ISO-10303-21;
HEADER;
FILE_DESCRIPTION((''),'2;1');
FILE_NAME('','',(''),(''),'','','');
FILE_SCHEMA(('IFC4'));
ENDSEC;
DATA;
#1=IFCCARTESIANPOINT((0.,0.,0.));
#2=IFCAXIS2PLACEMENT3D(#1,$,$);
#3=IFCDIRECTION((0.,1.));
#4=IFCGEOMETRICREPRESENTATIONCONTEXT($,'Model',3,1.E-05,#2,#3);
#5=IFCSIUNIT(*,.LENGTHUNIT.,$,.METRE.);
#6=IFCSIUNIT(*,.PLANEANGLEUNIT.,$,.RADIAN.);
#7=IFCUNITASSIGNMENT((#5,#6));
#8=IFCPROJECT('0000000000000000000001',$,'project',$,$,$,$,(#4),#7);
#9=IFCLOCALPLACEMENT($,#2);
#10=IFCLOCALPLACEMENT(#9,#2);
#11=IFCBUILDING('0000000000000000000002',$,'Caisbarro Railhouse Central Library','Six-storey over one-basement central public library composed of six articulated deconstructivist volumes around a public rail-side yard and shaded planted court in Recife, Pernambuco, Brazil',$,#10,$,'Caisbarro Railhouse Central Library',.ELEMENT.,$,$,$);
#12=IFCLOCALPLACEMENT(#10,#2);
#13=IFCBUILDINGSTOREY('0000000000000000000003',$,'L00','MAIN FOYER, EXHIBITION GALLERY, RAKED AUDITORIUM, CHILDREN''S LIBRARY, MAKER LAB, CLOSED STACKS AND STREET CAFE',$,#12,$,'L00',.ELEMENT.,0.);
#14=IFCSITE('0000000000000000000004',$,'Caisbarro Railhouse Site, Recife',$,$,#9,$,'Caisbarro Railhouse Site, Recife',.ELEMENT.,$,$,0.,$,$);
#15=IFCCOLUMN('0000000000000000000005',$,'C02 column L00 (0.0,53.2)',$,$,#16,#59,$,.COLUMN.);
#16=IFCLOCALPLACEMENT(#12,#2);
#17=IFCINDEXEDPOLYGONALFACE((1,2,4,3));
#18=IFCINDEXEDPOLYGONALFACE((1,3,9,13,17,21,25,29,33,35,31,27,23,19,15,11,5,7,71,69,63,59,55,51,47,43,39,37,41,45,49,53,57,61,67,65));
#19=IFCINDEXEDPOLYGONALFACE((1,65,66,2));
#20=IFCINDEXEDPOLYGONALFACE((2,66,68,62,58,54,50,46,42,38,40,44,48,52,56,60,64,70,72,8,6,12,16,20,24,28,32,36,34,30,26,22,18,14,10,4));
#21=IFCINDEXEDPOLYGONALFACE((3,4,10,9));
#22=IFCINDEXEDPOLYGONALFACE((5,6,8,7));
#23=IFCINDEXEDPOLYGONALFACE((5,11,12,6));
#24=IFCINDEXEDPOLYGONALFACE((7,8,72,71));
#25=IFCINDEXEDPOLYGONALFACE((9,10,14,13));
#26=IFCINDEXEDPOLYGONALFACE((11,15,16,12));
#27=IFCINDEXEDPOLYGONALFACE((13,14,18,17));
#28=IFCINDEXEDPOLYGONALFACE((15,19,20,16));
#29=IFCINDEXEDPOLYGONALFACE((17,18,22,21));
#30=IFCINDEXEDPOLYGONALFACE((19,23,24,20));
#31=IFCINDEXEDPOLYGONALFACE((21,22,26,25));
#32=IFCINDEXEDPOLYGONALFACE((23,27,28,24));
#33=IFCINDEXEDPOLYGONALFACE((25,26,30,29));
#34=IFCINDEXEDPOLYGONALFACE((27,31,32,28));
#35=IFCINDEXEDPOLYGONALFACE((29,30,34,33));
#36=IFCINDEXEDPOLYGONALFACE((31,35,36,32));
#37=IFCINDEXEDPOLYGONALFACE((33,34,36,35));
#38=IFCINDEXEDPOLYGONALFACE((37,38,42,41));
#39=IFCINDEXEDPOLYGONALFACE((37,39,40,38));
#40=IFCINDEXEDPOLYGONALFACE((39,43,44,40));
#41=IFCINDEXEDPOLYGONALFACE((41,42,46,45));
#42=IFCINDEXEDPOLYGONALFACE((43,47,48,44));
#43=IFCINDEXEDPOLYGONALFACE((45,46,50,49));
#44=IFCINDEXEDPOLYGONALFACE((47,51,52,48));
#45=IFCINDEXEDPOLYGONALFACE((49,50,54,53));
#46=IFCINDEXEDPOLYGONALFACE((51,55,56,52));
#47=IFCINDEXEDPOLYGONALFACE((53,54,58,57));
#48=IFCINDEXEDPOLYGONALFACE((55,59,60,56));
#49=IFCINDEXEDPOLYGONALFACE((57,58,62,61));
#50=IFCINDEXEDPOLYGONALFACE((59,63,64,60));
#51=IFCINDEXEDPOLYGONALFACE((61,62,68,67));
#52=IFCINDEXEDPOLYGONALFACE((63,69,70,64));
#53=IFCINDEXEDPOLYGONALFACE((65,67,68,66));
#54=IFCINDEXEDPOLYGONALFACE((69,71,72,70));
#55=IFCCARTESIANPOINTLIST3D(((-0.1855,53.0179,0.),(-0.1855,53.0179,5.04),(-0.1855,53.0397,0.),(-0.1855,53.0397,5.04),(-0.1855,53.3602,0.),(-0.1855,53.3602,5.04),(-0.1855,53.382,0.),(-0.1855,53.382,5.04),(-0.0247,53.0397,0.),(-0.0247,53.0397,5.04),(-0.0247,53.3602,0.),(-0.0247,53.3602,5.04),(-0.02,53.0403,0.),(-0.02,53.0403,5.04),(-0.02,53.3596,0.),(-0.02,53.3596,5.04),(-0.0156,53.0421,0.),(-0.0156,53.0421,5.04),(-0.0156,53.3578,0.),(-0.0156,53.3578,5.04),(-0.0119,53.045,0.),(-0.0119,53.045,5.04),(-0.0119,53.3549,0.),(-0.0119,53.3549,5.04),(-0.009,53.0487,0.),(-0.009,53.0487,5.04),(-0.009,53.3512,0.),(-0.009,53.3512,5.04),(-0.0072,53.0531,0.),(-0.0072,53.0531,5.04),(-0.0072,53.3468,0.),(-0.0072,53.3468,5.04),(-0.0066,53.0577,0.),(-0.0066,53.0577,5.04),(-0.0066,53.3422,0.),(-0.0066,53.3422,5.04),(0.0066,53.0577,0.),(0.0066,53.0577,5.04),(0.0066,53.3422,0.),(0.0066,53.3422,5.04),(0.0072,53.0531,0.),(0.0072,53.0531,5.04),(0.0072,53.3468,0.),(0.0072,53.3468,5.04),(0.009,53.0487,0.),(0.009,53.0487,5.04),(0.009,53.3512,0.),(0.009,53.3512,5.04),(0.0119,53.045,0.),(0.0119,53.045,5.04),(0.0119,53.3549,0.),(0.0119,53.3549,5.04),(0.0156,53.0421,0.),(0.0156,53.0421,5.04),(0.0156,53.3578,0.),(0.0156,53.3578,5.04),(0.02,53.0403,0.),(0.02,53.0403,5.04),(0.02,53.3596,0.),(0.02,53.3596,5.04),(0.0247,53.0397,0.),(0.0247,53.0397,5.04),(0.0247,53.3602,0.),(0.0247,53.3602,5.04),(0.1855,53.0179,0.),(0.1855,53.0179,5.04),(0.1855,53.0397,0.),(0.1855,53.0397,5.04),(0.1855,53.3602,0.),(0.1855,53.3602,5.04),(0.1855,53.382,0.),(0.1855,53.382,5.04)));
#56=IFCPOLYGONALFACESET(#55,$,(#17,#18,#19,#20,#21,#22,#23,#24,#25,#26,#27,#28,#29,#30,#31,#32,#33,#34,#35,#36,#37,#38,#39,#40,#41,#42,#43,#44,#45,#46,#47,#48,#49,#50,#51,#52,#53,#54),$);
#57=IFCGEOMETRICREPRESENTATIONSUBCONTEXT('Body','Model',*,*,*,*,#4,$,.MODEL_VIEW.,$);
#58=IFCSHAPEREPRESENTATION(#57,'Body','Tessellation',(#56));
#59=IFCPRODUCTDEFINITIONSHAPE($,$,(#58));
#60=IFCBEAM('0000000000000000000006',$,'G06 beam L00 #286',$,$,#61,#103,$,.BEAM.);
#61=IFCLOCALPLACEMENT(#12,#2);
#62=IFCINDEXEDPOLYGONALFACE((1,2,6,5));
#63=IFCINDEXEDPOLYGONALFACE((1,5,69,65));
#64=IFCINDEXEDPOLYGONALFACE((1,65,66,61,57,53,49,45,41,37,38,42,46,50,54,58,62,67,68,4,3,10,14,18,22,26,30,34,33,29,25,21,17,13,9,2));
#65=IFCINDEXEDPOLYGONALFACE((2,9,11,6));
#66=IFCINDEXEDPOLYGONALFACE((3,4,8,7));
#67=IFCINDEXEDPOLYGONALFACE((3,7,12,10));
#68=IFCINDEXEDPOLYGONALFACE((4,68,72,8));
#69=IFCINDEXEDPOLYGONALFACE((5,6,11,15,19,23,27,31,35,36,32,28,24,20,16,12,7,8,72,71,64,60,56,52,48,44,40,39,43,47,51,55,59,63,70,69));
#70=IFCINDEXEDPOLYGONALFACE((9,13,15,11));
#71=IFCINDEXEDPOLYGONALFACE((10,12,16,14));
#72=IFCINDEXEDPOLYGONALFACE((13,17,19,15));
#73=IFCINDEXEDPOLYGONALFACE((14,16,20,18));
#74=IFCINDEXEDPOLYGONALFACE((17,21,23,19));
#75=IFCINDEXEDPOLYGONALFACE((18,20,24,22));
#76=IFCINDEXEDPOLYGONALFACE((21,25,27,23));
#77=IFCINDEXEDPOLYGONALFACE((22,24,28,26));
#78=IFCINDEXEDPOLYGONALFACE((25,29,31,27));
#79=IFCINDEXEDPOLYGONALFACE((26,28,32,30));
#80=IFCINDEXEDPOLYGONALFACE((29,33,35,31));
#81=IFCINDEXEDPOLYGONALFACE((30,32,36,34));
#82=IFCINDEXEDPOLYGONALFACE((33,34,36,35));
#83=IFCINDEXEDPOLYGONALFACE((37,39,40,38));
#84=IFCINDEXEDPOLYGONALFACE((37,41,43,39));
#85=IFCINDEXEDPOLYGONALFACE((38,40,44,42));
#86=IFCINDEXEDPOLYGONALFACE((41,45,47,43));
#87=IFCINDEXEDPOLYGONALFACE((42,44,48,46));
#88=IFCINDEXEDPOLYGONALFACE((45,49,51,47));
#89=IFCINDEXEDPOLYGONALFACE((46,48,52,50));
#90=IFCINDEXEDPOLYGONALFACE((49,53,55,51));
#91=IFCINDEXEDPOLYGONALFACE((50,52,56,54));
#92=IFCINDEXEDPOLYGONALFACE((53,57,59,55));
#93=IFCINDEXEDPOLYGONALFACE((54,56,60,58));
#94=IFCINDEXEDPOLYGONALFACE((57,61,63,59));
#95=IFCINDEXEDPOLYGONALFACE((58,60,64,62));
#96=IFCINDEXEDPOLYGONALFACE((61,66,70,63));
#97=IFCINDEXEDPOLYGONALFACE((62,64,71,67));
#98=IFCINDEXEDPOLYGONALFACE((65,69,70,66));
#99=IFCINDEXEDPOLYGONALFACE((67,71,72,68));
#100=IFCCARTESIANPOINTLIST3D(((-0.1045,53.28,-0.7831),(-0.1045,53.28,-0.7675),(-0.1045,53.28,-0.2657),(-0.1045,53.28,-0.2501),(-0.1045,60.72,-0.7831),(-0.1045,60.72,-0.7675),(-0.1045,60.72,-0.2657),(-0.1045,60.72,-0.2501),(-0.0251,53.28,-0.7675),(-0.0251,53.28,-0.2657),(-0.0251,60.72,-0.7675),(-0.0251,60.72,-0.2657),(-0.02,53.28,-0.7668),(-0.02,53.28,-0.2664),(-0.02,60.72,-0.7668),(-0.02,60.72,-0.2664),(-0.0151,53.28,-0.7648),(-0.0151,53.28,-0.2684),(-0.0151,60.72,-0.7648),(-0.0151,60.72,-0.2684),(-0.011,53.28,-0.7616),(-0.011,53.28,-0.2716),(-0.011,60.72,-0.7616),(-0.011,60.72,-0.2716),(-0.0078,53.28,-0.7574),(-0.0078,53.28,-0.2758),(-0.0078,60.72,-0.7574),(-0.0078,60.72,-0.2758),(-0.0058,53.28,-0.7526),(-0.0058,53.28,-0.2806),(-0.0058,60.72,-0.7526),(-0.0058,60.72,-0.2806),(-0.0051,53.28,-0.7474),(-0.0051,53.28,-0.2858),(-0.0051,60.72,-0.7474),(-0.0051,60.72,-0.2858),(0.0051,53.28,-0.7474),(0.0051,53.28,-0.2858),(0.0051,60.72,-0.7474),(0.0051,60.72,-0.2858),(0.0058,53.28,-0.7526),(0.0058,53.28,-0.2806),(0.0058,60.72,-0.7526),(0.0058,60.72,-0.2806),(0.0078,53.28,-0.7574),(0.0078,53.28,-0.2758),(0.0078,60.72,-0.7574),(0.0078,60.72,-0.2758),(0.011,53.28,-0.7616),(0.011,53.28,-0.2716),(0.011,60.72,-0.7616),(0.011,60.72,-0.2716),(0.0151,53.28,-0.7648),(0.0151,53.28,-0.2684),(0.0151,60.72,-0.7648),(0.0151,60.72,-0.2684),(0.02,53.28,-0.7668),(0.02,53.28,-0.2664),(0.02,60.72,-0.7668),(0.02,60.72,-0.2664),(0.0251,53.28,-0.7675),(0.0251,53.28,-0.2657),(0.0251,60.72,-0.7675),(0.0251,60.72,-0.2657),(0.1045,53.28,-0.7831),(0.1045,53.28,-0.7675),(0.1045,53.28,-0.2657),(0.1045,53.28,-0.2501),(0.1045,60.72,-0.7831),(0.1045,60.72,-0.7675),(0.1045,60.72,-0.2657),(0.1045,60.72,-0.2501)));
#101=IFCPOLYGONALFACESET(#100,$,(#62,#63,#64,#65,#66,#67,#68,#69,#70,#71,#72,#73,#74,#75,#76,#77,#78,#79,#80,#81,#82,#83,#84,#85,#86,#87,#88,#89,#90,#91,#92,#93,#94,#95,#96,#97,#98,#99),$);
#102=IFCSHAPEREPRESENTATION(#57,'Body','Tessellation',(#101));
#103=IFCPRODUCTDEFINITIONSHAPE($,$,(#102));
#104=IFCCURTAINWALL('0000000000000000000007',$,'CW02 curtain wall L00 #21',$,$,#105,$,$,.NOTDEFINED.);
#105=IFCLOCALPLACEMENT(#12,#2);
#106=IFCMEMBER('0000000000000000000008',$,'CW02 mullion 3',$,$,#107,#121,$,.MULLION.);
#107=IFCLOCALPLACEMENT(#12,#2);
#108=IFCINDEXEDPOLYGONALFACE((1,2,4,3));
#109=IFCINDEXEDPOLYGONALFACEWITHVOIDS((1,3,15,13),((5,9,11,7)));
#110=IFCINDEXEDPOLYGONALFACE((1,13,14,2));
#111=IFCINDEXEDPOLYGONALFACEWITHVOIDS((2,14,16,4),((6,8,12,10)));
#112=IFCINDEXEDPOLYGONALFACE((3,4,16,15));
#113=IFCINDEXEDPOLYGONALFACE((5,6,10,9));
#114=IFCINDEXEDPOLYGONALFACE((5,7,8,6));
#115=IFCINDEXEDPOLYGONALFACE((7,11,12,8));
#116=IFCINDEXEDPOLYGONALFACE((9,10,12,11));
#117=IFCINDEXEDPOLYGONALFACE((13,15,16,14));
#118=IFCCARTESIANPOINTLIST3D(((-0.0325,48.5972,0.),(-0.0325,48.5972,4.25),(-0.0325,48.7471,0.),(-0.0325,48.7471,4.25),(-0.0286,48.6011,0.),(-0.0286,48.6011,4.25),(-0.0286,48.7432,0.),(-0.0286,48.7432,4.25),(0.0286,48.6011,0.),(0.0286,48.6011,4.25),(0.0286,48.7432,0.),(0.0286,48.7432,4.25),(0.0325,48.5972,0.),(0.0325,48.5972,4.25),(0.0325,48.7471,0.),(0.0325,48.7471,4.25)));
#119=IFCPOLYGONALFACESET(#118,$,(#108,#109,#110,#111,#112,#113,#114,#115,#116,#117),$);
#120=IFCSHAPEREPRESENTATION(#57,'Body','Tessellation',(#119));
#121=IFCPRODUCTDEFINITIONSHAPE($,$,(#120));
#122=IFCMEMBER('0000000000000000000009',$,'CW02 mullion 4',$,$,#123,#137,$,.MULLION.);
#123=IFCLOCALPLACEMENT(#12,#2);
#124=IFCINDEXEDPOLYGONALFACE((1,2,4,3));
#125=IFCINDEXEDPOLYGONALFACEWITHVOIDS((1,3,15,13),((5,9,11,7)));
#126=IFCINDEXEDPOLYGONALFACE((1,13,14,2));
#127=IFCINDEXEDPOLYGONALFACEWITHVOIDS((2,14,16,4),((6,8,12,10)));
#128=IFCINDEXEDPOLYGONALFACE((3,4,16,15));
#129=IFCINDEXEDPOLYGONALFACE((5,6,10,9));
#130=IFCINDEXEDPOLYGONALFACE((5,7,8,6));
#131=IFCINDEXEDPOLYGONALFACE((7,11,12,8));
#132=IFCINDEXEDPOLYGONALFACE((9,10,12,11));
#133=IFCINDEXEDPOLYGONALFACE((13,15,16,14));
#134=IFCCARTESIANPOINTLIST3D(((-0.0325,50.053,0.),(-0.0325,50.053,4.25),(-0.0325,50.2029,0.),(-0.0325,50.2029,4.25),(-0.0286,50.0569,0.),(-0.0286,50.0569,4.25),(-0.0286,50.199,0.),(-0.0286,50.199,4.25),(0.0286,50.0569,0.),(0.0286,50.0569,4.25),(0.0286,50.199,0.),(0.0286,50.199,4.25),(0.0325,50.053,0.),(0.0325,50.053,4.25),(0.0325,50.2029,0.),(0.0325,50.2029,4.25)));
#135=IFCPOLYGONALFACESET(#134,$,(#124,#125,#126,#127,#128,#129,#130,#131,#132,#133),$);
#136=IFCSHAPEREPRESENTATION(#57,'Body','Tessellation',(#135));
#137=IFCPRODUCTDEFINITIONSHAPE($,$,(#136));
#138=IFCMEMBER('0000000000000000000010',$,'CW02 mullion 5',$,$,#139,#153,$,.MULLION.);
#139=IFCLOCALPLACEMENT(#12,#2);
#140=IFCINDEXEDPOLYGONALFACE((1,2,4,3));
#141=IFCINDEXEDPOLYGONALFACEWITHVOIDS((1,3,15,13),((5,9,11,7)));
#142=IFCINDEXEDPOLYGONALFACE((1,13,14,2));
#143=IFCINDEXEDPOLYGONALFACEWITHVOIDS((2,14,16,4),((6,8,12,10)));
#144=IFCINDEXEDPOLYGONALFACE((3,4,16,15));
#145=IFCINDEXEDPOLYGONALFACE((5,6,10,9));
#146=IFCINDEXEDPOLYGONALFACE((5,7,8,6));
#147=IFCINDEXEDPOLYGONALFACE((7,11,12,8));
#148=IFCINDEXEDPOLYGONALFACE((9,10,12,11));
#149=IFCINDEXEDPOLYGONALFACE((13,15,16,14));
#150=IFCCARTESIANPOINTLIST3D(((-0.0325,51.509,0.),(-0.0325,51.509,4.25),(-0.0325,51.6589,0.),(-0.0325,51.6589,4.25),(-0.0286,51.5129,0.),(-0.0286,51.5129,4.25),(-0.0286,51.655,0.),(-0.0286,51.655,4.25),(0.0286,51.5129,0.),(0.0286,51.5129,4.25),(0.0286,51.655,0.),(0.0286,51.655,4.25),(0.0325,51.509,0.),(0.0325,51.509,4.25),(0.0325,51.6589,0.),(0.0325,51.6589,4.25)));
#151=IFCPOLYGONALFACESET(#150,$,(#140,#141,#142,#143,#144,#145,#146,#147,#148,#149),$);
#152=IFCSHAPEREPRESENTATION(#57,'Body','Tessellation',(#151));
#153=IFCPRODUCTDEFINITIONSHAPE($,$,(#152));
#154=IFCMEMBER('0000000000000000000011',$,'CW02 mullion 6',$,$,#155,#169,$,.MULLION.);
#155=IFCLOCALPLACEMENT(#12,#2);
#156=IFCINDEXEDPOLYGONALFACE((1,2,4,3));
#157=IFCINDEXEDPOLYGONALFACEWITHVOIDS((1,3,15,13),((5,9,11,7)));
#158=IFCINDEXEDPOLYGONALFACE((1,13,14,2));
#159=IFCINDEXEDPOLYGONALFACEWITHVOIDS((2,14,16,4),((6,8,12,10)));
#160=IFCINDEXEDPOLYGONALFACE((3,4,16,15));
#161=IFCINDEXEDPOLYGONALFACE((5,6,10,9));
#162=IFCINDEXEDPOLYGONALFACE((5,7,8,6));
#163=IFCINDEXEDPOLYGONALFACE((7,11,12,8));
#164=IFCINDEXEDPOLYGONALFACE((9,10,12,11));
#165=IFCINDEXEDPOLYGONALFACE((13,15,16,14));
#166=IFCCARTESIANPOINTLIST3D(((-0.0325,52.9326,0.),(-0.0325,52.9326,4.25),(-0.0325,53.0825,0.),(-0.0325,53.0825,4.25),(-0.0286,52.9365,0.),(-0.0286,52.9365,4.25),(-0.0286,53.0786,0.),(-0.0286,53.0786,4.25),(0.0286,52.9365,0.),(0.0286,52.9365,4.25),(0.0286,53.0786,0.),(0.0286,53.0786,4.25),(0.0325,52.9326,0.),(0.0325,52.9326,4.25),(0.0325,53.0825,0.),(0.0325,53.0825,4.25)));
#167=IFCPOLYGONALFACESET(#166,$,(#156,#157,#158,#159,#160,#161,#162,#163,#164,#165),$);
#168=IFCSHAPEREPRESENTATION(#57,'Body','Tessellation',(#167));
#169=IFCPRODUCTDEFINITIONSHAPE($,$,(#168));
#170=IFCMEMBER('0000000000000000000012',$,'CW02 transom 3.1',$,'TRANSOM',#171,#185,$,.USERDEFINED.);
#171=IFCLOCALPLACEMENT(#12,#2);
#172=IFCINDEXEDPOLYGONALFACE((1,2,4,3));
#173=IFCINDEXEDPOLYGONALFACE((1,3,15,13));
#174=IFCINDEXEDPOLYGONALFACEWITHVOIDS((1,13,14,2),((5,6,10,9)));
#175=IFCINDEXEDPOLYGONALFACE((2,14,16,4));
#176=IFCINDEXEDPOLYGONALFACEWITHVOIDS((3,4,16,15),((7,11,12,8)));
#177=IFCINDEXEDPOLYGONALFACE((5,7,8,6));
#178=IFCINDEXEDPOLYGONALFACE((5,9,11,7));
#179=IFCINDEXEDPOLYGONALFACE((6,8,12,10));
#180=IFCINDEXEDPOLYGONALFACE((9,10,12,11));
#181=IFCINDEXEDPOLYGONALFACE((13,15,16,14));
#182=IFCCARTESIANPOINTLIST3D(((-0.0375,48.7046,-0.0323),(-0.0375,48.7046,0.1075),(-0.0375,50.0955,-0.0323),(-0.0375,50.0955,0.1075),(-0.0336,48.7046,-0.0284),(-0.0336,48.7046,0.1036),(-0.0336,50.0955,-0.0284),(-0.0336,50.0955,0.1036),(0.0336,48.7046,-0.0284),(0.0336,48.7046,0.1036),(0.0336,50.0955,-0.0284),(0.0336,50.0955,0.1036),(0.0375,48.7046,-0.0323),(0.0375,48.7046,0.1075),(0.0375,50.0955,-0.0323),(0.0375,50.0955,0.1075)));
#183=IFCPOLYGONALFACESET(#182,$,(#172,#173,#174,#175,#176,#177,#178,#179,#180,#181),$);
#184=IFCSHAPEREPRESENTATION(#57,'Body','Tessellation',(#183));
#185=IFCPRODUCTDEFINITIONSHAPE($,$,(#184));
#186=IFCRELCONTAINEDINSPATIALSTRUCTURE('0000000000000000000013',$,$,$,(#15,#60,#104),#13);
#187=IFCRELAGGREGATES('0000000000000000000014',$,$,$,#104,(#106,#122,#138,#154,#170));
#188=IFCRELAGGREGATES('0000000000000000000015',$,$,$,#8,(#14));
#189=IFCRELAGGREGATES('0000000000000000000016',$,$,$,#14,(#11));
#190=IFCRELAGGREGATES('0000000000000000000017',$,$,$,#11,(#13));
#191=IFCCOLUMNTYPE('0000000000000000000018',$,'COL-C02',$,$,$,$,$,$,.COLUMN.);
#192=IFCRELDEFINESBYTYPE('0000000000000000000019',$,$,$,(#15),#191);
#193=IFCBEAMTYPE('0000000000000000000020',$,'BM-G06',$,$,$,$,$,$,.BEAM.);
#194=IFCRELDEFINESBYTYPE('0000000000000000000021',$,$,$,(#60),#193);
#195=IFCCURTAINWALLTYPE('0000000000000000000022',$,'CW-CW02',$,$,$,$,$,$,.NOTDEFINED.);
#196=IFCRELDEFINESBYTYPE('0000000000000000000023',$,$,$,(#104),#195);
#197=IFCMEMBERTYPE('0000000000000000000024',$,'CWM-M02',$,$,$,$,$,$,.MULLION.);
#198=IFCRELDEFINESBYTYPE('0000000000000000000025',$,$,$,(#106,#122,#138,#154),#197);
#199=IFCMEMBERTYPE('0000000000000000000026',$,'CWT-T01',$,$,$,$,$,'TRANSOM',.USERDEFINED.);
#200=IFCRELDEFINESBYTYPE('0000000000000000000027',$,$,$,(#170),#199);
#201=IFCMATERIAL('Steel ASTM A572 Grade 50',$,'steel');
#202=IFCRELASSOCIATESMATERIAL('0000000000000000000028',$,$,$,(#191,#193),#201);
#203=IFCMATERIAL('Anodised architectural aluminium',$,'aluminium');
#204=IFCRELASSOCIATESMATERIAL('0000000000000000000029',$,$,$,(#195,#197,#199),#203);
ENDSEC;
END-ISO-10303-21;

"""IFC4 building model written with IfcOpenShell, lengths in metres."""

from ifc_helpers import new_model, si_unit, direction, frame, origin, origin_2d, place, context, subcontext, project, spatial, hollow_rectangle, i_section, extrude, material, material_profile, profile_set, type_object, element, aggregate, save


model = new_model("IFC4")

# Units and contexts
model_context = context("Model", 3, precision=1e-05, world=origin(), true_north=direction((0.0, 1.0)))
body_context = subcontext(model_context, "Body", "Model", "MODEL_VIEW")
ifc_project = project(units=[si_unit("LENGTHUNIT", "METRE"), si_unit("PLANEANGLEUNIT", "RADIAN")], contexts=[model_context])

# Site, building, storey
site_placement = place(None, origin())
site = spatial("IfcSite", under=ifc_project, at=site_placement, Name="Caisbarro Railhouse Site, Recife", LongName="Caisbarro Railhouse Site, Recife", CompositionType="ELEMENT", RefElevation=0.0)
building_placement = place(site_placement, origin())
building = spatial("IfcBuilding", under=site, at=building_placement, Name="Caisbarro Railhouse Central Library", Description="Six-storey over one-basement central public library composed of six articulated deconstructivist volumes around a public rail-side yard and shaded planted court in Recife, Pernambuco, Brazil", LongName="Caisbarro Railhouse Central Library", CompositionType="ELEMENT")
storey_placement = place(building_placement, origin())
storey = spatial("IfcBuildingStorey", under=building, at=storey_placement, Name="L00", Description="MAIN FOYER, EXHIBITION GALLERY, RAKED AUDITORIUM, CHILDREN'S LIBRARY, MAKER LAB, CLOSED STACKS AND STREET CAFE", LongName="L00", CompositionType="ELEMENT", Elevation=0.0)

# Column
ifc_material_1 = material(Name="Steel ASTM A572 Grade 50", Category="steel")
ifc_material_profile_1 = material_profile(ifc_material_1, i_section(OverallWidth=0.3711, OverallDepth=0.364, WebThickness=0.0132, FlangeThickness=0.0217, FilletRadius=0.0181, at=origin_2d()), Name="W360X162.0")
ifc_profile_set_1 = profile_set([ifc_material_profile_1], Name="Steel ASTM A572 Grade 50")
column_type = type_object("IfcColumnType", Name="COL-C02", PredefinedType="COLUMN", material=ifc_profile_set_1)
column_placement = place(storey_placement, frame((0.0, 53.2, 0.0), z_axis=(0.0, 0.0, 1.0), x_axis=(1.0, 0.0, 0.0)))
element("IfcColumn", 1, at=column_placement, inside=storey, type_object=column_type, Name="C02 column L00 (0.0,53.2)", PredefinedType="COLUMN", context=body_context, shape_type="SweptSolid", body=[
    extrude(i_section(OverallWidth=0.3711, OverallDepth=0.364, WebThickness=0.0132, FlangeThickness=0.0217, FilletRadius=0.0181, at=origin_2d()), origin(), (0.0, 0.0, 1.0), 5.04),
])

# Beam
ifc_material_profile_2 = material_profile(ifc_material_1, i_section(OverallWidth=0.209, OverallDepth=0.533, WebThickness=0.0103, FlangeThickness=0.0156, FilletRadius=0.02, at=origin_2d()), Name="W530X92.0")
ifc_profile_set_2 = profile_set([ifc_material_profile_2], Name="Steel ASTM A572 Grade 50")
beam_type = type_object("IfcBeamType", Name="BM-G06", PredefinedType="BEAM", material=ifc_profile_set_2)
beam_placement = place(storey_placement, frame((0.0, 53.28, -0.5166), z_axis=(0.0, 1.0, 0.0), x_axis=(-1.0, 0.0, 0.0)))
element("IfcBeam", 2, at=beam_placement, inside=storey, type_object=beam_type, Name="G06 beam L00 #286", PredefinedType="BEAM", context=body_context, shape_type="SweptSolid", body=[
    extrude(i_section(OverallWidth=0.209, OverallDepth=0.533, WebThickness=0.0103, FlangeThickness=0.0156, FilletRadius=0.02, at=origin_2d()), origin(), (0.0, 0.0, 1.0), 7.4399),
])

# Curtain wall, members
ifc_material_2 = material(Name="Anodised architectural aluminium", Category="aluminium")
curtain_wall_type = type_object("IfcCurtainWallType", Name="CW-CW02", PredefinedType="NOTDEFINED", material=ifc_material_2)
curtain_wall_placement = place(storey_placement, origin())
curtain_wall = element("IfcCurtainWall", 3, at=curtain_wall_placement, inside=storey, type_object=curtain_wall_type, Name="CW02 curtain wall L00 #21", PredefinedType="NOTDEFINED")
ifc_material_profile_3 = material_profile(ifc_material_2, hollow_rectangle(XDim=0.0649, YDim=0.1499, WallThickness=0.0039, at=origin_2d()), Name="ALU-MUL-65X150")
ifc_profile_set_3 = profile_set([ifc_material_profile_3], Name="Anodised architectural aluminium")
member_type_1 = type_object("IfcMemberType", Name="CWM-M02", PredefinedType="MULLION", material=ifc_profile_set_3)
member_1_placement = place(storey_placement, frame((0.0, 48.6721, 0.0), z_axis=(0.0, 0.0, 1.0), x_axis=(-1.0, 0.0, 0.0)))
member_1 = element("IfcMember", 4, at=member_1_placement, type_object=member_type_1, Name="CW02 mullion 3", PredefinedType="MULLION", context=body_context, shape_type="SweptSolid", body=[
    extrude(hollow_rectangle(XDim=0.0649, YDim=0.1499, WallThickness=0.0039, at=origin_2d()), origin(), (0.0, 0.0, 1.0), 4.25),
])
member_2_placement = place(storey_placement, frame((0.0, 50.1279, 0.0), z_axis=(0.0, 0.0, 1.0), x_axis=(-1.0, 0.0, 0.0)))
member_2 = element("IfcMember", 5, at=member_2_placement, type_object=member_type_1, Name="CW02 mullion 4", PredefinedType="MULLION", context=body_context, shape_type="SweptSolid", body=[
    extrude(hollow_rectangle(XDim=0.0649, YDim=0.1499, WallThickness=0.0039, at=origin_2d()), origin(), (0.0, 0.0, 1.0), 4.25),
])
member_3_placement = place(storey_placement, frame((0.0, 51.584, 0.0), z_axis=(0.0, 0.0, 1.0), x_axis=(-1.0, 0.0, 0.0)))
member_3 = element("IfcMember", 6, at=member_3_placement, type_object=member_type_1, Name="CW02 mullion 5", PredefinedType="MULLION", context=body_context, shape_type="SweptSolid", body=[
    extrude(hollow_rectangle(XDim=0.0649, YDim=0.1499, WallThickness=0.0039, at=origin_2d()), origin(), (0.0, 0.0, 1.0), 4.25),
])
member_4_placement = place(storey_placement, frame((0.0, 53.0076, 0.0), z_axis=(0.0, 0.0, 1.0), x_axis=(-1.0, 0.0, 0.0)))
member_4 = element("IfcMember", 7, at=member_4_placement, type_object=member_type_1, Name="CW02 mullion 6", PredefinedType="MULLION", context=body_context, shape_type="SweptSolid", body=[
    extrude(hollow_rectangle(XDim=0.0649, YDim=0.1499, WallThickness=0.0039, at=origin_2d()), origin(), (0.0, 0.0, 1.0), 4.25),
])
ifc_material_profile_4 = material_profile(ifc_material_2, hollow_rectangle(XDim=0.075, YDim=0.1399, WallThickness=0.0039, at=origin_2d()), Name="ALU-TRN-75X140")
ifc_profile_set_4 = profile_set([ifc_material_profile_4], Name="Anodised architectural aluminium")
member_type_2 = type_object("IfcMemberType", Name="CWT-T01", ElementType="TRANSOM", PredefinedType="USERDEFINED", material=ifc_profile_set_4)
member_5_placement = place(storey_placement, frame((0.0, 48.7046, 0.0376), z_axis=(0.0, 1.0, 0.0), x_axis=(-1.0, 0.0, 0.0)))
member_5 = element("IfcMember", 8, at=member_5_placement, type_object=member_type_2, Name="CW02 transom 3.1", ObjectType="TRANSOM", PredefinedType="USERDEFINED", context=body_context, shape_type="SweptSolid", body=[
    extrude(hollow_rectangle(XDim=0.075, YDim=0.1399, WallThickness=0.0039, at=origin_2d()), origin(), (0.0, 0.0, 1.0), 1.3909),
])
aggregate(curtain_wall, [member_1, member_2, member_3, member_4, member_5])

save(model, "model.ifc")
